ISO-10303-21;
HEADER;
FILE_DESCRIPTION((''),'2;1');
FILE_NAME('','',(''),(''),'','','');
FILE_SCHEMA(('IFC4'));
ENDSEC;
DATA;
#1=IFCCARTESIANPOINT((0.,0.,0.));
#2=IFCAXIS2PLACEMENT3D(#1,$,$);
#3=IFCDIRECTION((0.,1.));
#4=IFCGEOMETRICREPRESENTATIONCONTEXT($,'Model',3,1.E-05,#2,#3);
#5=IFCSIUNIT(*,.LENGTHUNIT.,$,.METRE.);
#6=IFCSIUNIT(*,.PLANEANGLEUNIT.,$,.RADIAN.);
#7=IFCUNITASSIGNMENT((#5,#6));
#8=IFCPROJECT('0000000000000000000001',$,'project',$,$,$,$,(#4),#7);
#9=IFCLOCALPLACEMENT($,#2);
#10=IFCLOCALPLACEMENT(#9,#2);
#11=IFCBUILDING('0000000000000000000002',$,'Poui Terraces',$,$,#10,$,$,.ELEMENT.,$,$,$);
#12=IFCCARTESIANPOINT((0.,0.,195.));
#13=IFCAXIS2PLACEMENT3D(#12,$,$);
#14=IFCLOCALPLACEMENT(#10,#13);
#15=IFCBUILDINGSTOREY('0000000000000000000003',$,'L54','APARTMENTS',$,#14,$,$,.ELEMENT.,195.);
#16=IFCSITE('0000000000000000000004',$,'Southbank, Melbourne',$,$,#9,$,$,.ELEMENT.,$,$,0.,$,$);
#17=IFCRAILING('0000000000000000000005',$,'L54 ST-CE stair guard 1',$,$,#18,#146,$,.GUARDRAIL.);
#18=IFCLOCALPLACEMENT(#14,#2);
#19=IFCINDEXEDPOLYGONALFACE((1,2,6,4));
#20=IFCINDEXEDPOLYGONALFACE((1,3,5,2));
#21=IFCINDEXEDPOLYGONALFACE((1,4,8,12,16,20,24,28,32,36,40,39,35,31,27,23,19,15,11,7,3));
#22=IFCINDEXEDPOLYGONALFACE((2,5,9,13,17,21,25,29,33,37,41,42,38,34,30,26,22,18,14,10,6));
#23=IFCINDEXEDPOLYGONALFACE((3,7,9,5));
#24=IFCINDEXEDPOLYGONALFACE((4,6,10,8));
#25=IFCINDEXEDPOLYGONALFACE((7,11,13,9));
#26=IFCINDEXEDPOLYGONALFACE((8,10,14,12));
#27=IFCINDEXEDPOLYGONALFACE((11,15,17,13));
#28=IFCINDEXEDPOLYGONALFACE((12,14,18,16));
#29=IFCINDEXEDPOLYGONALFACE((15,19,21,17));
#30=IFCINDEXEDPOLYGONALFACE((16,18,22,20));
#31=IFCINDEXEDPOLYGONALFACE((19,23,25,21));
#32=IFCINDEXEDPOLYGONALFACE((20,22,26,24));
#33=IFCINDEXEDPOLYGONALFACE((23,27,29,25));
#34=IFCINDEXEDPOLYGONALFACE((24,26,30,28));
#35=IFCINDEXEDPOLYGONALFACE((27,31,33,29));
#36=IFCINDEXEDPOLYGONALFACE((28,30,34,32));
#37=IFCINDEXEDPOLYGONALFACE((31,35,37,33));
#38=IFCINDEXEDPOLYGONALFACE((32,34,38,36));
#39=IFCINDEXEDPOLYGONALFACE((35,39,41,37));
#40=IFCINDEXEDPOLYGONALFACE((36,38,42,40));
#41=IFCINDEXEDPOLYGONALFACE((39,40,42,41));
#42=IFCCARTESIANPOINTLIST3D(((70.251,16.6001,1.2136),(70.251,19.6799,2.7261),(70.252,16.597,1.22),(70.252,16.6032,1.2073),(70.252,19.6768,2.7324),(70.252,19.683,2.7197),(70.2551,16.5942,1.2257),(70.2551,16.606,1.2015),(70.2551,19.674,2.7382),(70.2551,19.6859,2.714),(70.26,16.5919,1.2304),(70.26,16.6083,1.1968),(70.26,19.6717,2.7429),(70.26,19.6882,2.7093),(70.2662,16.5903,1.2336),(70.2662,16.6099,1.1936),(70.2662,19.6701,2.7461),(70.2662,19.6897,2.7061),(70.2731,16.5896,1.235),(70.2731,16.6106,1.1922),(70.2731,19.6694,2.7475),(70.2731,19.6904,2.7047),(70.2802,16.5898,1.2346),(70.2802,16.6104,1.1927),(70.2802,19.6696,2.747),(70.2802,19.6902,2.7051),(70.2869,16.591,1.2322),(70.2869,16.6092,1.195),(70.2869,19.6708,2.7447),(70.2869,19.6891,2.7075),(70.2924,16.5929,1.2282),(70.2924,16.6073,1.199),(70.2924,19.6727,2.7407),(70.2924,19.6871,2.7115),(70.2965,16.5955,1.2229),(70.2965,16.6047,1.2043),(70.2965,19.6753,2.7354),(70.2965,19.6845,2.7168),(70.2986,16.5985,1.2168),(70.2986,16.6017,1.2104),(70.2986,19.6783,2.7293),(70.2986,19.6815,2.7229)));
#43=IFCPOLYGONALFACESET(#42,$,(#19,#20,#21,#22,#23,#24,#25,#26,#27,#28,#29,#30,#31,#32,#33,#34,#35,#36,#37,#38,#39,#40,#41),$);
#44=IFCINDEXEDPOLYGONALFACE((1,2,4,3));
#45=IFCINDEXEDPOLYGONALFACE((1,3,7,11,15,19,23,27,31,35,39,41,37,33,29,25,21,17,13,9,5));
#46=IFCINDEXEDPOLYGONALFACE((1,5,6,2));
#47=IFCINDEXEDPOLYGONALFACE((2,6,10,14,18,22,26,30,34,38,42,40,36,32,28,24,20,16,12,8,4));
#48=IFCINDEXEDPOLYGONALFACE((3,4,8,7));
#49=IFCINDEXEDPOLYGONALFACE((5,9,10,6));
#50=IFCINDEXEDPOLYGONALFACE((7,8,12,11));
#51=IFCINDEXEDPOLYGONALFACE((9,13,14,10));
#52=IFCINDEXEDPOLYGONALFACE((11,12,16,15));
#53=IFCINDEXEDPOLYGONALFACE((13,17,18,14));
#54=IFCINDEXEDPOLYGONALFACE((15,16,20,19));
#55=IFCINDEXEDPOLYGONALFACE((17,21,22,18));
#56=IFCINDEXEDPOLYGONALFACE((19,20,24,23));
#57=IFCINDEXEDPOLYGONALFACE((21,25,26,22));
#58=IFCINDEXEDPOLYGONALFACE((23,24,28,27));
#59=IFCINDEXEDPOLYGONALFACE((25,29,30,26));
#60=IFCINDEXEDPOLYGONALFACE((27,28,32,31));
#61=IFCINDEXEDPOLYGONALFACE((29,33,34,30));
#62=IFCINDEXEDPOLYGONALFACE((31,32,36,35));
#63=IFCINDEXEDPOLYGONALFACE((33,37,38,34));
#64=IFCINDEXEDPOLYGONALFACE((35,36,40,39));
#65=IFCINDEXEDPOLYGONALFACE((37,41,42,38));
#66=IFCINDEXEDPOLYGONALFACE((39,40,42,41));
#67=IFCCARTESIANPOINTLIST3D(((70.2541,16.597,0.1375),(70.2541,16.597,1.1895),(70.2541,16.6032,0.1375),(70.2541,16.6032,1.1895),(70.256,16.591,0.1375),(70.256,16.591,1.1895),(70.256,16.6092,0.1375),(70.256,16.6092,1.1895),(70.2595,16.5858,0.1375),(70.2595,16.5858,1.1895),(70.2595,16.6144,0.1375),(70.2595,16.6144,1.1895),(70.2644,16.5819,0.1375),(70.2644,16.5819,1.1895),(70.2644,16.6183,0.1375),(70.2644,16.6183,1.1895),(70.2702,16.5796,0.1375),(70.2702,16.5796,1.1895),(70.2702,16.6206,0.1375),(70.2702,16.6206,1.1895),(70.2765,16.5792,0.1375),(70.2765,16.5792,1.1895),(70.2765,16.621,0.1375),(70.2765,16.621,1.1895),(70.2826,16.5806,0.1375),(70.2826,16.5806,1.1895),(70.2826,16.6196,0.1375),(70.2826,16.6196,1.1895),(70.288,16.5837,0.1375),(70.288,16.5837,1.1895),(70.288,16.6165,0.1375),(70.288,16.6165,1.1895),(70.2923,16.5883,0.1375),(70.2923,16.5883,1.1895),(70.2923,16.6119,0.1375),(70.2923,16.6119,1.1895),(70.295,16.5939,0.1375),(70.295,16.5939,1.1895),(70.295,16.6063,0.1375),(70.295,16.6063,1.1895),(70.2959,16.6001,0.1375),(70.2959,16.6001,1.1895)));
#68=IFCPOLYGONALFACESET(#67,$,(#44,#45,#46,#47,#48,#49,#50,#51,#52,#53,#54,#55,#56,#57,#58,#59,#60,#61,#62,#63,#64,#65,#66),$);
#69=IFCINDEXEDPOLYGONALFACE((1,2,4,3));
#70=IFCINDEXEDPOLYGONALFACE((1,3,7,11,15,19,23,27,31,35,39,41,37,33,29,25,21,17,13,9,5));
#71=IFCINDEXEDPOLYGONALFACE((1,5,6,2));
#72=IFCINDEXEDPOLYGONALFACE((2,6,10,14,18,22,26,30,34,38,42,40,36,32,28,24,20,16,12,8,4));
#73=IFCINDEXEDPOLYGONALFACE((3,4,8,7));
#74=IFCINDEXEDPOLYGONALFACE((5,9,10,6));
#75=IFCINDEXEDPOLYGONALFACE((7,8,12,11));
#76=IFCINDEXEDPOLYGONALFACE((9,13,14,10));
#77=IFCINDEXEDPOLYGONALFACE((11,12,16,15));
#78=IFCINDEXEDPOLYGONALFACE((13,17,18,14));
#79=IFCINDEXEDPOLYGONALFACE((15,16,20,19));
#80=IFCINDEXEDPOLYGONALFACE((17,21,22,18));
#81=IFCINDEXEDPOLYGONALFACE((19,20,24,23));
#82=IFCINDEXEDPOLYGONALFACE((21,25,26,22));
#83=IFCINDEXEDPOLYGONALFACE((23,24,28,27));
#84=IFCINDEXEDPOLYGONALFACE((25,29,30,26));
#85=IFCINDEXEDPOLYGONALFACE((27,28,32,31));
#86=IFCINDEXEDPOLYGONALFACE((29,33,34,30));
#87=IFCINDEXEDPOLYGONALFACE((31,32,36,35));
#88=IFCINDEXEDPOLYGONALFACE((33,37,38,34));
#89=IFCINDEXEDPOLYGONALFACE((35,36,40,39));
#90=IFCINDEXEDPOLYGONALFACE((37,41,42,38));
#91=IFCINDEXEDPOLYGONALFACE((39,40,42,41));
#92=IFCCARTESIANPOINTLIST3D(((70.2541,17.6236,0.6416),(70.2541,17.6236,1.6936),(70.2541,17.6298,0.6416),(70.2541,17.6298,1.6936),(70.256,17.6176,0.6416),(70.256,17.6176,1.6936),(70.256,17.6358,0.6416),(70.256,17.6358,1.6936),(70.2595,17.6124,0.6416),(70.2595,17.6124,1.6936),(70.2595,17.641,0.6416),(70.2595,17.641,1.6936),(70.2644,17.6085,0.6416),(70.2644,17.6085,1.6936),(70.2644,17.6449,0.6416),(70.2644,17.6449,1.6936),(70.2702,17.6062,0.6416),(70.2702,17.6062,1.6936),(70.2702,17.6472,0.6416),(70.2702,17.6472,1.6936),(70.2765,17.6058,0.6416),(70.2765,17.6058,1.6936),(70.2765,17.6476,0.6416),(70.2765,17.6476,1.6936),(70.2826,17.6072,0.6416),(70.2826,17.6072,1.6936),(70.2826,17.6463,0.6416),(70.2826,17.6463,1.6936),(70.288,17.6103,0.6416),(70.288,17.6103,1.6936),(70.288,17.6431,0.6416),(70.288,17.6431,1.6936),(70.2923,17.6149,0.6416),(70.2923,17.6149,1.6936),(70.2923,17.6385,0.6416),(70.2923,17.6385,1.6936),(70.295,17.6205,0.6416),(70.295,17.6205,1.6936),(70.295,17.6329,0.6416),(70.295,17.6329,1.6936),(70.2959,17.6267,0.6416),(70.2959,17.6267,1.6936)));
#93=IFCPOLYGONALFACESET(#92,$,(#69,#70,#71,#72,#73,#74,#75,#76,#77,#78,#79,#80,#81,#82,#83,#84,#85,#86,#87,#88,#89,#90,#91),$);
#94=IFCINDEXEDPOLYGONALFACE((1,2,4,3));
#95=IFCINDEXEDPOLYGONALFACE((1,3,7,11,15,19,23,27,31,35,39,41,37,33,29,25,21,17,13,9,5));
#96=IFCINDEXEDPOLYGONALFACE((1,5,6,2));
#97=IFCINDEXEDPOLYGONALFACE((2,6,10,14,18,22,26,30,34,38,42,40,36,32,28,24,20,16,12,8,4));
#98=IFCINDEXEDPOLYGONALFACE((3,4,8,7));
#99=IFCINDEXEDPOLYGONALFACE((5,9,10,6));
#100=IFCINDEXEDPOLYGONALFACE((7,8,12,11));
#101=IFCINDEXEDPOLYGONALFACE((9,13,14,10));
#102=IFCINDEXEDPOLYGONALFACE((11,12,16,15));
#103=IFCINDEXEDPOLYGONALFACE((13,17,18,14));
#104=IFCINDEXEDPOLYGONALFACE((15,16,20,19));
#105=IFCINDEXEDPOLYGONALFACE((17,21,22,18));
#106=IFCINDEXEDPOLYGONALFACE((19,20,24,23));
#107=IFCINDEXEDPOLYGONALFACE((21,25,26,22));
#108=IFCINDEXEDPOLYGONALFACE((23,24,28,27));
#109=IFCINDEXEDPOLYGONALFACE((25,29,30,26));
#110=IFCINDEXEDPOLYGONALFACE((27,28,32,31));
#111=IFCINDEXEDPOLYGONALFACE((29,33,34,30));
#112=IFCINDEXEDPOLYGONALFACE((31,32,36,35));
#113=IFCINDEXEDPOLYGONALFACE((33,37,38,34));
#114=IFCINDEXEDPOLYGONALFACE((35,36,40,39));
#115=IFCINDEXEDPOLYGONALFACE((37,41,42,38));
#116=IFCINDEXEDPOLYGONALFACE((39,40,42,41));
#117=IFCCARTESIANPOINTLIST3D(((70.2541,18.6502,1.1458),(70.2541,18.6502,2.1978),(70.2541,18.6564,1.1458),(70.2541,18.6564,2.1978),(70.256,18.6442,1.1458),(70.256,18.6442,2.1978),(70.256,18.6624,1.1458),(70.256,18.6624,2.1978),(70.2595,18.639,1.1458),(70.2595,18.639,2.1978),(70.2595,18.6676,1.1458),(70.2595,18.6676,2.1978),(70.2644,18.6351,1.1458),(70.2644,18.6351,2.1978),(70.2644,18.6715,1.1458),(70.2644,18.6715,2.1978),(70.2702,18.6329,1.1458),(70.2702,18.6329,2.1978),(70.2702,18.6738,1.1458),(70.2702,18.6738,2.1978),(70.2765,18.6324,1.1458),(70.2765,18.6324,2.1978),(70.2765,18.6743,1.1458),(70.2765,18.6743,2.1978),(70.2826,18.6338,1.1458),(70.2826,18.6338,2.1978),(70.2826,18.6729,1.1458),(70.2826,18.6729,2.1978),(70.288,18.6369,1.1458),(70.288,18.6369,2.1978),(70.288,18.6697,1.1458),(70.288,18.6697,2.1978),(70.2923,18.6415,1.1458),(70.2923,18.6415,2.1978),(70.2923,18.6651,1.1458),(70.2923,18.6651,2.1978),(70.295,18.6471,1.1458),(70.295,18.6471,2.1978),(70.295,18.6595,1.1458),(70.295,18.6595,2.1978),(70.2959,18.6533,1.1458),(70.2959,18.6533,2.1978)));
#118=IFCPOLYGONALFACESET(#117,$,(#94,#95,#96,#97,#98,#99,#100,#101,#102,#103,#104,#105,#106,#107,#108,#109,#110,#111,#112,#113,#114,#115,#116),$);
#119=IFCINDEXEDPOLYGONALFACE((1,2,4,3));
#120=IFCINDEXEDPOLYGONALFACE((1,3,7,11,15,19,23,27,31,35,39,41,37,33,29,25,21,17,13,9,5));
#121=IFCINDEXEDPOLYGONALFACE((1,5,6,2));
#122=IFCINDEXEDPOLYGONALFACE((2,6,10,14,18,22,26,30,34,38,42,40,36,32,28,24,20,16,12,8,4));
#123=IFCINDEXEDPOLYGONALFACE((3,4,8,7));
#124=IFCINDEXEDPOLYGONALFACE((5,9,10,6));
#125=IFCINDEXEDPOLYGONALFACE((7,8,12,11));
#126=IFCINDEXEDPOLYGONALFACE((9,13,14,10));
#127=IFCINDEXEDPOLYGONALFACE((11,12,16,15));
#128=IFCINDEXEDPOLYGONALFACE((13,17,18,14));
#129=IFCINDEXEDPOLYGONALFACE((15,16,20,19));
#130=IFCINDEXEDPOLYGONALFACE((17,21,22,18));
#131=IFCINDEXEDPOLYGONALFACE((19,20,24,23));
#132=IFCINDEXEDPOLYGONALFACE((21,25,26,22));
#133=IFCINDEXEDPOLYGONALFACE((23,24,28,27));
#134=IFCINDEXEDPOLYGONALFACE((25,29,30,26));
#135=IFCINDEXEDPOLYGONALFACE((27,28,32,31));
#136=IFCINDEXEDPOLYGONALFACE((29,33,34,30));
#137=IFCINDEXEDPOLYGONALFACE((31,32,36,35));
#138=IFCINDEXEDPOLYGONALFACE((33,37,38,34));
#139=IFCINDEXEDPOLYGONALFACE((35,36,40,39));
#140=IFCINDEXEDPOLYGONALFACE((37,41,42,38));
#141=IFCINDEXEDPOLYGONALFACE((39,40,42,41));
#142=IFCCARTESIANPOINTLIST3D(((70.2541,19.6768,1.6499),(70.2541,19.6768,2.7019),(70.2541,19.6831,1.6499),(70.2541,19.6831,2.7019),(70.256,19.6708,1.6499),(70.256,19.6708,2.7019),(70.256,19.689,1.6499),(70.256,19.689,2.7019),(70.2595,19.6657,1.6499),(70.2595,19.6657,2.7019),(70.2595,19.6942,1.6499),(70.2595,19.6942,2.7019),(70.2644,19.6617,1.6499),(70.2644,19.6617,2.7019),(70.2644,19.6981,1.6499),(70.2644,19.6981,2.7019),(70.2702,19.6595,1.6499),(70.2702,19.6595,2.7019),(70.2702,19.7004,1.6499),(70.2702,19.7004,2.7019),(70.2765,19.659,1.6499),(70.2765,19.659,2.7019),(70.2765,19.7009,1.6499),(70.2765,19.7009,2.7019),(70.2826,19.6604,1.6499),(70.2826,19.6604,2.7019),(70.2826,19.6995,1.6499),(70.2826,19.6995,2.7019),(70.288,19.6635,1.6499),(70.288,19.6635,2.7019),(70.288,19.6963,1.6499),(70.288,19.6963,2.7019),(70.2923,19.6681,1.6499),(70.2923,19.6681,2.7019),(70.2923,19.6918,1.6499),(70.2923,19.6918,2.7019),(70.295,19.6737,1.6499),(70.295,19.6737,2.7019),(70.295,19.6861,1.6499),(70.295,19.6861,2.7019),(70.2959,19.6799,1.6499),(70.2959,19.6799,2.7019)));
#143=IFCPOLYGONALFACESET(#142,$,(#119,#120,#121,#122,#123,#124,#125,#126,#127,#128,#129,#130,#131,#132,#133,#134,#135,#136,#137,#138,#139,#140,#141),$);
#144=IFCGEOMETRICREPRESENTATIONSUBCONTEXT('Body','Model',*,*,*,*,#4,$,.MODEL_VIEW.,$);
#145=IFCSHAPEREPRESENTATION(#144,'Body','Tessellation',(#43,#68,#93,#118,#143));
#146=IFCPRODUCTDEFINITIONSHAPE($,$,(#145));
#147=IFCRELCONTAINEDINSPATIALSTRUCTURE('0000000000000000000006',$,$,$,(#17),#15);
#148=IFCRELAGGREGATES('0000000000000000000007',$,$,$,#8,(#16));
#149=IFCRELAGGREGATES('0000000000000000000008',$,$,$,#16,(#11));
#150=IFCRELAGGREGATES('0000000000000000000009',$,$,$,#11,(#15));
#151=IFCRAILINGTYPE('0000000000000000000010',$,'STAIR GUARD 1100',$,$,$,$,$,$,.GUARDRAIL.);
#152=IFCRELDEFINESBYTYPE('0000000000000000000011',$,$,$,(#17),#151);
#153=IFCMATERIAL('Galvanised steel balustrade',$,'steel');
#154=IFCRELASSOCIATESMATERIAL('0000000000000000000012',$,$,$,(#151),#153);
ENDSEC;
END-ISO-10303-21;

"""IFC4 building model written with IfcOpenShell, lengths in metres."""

from ifc_helpers import new_model, si_unit, direction, frame, origin, origin_2d, place, context, subcontext, project, spatial, circle, extrude, material, type_object, element, save


model = new_model("IFC4")

# Units and contexts
model_context = context("Model", 3, precision=1e-05, world=origin(), true_north=direction((0.0, 1.0)))
body_context = subcontext(model_context, "Body", "Model", "MODEL_VIEW")
ifc_project = project(units=[si_unit("LENGTHUNIT", "METRE"), si_unit("PLANEANGLEUNIT", "RADIAN")], contexts=[model_context])

# Site, building, storey
site_placement = place(None, origin())
site = spatial("IfcSite", under=ifc_project, at=site_placement, Name="Southbank, Melbourne", CompositionType="ELEMENT", RefElevation=0.0)
building_placement = place(site_placement, origin())
building = spatial("IfcBuilding", under=site, at=building_placement, Name="Poui Terraces", CompositionType="ELEMENT")
storey_placement = place(building_placement, frame((0.0, 0.0, 195.0)))
storey = spatial("IfcBuildingStorey", under=building, at=storey_placement, Name="L54", Description="APARTMENTS", CompositionType="ELEMENT", Elevation=195.0)

# Railing
ifc_material_1 = material(Name="Galvanised steel balustrade", Category="steel")
railing_type_1 = type_object("IfcRailingType", Name="STAIR GUARD 1100", PredefinedType="GUARDRAIL", material=ifc_material_1)
railing_1_placement = place(storey_placement, frame((70.2749, 16.6001, 0.1375)))
element("IfcRailing", 1, at=railing_1_placement, inside=storey, type_object=railing_type_1, Name="L54 ST-CE stair guard 1", PredefinedType="GUARDRAIL", context=body_context, shape_type="SweptSolid", body=[
    extrude(circle(Radius=0.0239, at=origin_2d()), frame((0.0, 0.0, 1.0762), z_axis=(0.0, 0.897606, 0.440798), x_axis=(-1.0, 0.0, 0.0)), (0.0, 0.0, 1.0), 3.4312),
    extrude(circle(Radius=0.021, at=origin_2d()), origin(), (0.0, 0.0, 1.0), 1.052),
    extrude(circle(Radius=0.021, at=origin_2d()), frame((0.0, 1.0266, 0.5042)), (0.0, 0.0, 1.0), 1.052),
    extrude(circle(Radius=0.021, at=origin_2d()), frame((0.0, 2.0532, 1.0083)), (0.0, 0.0, 1.0), 1.052),
    extrude(circle(Radius=0.021, at=origin_2d()), frame((0.0, 3.0798, 1.5125)), (0.0, 0.0, 1.0), 1.052),
])

save(model, "model.ifc")
